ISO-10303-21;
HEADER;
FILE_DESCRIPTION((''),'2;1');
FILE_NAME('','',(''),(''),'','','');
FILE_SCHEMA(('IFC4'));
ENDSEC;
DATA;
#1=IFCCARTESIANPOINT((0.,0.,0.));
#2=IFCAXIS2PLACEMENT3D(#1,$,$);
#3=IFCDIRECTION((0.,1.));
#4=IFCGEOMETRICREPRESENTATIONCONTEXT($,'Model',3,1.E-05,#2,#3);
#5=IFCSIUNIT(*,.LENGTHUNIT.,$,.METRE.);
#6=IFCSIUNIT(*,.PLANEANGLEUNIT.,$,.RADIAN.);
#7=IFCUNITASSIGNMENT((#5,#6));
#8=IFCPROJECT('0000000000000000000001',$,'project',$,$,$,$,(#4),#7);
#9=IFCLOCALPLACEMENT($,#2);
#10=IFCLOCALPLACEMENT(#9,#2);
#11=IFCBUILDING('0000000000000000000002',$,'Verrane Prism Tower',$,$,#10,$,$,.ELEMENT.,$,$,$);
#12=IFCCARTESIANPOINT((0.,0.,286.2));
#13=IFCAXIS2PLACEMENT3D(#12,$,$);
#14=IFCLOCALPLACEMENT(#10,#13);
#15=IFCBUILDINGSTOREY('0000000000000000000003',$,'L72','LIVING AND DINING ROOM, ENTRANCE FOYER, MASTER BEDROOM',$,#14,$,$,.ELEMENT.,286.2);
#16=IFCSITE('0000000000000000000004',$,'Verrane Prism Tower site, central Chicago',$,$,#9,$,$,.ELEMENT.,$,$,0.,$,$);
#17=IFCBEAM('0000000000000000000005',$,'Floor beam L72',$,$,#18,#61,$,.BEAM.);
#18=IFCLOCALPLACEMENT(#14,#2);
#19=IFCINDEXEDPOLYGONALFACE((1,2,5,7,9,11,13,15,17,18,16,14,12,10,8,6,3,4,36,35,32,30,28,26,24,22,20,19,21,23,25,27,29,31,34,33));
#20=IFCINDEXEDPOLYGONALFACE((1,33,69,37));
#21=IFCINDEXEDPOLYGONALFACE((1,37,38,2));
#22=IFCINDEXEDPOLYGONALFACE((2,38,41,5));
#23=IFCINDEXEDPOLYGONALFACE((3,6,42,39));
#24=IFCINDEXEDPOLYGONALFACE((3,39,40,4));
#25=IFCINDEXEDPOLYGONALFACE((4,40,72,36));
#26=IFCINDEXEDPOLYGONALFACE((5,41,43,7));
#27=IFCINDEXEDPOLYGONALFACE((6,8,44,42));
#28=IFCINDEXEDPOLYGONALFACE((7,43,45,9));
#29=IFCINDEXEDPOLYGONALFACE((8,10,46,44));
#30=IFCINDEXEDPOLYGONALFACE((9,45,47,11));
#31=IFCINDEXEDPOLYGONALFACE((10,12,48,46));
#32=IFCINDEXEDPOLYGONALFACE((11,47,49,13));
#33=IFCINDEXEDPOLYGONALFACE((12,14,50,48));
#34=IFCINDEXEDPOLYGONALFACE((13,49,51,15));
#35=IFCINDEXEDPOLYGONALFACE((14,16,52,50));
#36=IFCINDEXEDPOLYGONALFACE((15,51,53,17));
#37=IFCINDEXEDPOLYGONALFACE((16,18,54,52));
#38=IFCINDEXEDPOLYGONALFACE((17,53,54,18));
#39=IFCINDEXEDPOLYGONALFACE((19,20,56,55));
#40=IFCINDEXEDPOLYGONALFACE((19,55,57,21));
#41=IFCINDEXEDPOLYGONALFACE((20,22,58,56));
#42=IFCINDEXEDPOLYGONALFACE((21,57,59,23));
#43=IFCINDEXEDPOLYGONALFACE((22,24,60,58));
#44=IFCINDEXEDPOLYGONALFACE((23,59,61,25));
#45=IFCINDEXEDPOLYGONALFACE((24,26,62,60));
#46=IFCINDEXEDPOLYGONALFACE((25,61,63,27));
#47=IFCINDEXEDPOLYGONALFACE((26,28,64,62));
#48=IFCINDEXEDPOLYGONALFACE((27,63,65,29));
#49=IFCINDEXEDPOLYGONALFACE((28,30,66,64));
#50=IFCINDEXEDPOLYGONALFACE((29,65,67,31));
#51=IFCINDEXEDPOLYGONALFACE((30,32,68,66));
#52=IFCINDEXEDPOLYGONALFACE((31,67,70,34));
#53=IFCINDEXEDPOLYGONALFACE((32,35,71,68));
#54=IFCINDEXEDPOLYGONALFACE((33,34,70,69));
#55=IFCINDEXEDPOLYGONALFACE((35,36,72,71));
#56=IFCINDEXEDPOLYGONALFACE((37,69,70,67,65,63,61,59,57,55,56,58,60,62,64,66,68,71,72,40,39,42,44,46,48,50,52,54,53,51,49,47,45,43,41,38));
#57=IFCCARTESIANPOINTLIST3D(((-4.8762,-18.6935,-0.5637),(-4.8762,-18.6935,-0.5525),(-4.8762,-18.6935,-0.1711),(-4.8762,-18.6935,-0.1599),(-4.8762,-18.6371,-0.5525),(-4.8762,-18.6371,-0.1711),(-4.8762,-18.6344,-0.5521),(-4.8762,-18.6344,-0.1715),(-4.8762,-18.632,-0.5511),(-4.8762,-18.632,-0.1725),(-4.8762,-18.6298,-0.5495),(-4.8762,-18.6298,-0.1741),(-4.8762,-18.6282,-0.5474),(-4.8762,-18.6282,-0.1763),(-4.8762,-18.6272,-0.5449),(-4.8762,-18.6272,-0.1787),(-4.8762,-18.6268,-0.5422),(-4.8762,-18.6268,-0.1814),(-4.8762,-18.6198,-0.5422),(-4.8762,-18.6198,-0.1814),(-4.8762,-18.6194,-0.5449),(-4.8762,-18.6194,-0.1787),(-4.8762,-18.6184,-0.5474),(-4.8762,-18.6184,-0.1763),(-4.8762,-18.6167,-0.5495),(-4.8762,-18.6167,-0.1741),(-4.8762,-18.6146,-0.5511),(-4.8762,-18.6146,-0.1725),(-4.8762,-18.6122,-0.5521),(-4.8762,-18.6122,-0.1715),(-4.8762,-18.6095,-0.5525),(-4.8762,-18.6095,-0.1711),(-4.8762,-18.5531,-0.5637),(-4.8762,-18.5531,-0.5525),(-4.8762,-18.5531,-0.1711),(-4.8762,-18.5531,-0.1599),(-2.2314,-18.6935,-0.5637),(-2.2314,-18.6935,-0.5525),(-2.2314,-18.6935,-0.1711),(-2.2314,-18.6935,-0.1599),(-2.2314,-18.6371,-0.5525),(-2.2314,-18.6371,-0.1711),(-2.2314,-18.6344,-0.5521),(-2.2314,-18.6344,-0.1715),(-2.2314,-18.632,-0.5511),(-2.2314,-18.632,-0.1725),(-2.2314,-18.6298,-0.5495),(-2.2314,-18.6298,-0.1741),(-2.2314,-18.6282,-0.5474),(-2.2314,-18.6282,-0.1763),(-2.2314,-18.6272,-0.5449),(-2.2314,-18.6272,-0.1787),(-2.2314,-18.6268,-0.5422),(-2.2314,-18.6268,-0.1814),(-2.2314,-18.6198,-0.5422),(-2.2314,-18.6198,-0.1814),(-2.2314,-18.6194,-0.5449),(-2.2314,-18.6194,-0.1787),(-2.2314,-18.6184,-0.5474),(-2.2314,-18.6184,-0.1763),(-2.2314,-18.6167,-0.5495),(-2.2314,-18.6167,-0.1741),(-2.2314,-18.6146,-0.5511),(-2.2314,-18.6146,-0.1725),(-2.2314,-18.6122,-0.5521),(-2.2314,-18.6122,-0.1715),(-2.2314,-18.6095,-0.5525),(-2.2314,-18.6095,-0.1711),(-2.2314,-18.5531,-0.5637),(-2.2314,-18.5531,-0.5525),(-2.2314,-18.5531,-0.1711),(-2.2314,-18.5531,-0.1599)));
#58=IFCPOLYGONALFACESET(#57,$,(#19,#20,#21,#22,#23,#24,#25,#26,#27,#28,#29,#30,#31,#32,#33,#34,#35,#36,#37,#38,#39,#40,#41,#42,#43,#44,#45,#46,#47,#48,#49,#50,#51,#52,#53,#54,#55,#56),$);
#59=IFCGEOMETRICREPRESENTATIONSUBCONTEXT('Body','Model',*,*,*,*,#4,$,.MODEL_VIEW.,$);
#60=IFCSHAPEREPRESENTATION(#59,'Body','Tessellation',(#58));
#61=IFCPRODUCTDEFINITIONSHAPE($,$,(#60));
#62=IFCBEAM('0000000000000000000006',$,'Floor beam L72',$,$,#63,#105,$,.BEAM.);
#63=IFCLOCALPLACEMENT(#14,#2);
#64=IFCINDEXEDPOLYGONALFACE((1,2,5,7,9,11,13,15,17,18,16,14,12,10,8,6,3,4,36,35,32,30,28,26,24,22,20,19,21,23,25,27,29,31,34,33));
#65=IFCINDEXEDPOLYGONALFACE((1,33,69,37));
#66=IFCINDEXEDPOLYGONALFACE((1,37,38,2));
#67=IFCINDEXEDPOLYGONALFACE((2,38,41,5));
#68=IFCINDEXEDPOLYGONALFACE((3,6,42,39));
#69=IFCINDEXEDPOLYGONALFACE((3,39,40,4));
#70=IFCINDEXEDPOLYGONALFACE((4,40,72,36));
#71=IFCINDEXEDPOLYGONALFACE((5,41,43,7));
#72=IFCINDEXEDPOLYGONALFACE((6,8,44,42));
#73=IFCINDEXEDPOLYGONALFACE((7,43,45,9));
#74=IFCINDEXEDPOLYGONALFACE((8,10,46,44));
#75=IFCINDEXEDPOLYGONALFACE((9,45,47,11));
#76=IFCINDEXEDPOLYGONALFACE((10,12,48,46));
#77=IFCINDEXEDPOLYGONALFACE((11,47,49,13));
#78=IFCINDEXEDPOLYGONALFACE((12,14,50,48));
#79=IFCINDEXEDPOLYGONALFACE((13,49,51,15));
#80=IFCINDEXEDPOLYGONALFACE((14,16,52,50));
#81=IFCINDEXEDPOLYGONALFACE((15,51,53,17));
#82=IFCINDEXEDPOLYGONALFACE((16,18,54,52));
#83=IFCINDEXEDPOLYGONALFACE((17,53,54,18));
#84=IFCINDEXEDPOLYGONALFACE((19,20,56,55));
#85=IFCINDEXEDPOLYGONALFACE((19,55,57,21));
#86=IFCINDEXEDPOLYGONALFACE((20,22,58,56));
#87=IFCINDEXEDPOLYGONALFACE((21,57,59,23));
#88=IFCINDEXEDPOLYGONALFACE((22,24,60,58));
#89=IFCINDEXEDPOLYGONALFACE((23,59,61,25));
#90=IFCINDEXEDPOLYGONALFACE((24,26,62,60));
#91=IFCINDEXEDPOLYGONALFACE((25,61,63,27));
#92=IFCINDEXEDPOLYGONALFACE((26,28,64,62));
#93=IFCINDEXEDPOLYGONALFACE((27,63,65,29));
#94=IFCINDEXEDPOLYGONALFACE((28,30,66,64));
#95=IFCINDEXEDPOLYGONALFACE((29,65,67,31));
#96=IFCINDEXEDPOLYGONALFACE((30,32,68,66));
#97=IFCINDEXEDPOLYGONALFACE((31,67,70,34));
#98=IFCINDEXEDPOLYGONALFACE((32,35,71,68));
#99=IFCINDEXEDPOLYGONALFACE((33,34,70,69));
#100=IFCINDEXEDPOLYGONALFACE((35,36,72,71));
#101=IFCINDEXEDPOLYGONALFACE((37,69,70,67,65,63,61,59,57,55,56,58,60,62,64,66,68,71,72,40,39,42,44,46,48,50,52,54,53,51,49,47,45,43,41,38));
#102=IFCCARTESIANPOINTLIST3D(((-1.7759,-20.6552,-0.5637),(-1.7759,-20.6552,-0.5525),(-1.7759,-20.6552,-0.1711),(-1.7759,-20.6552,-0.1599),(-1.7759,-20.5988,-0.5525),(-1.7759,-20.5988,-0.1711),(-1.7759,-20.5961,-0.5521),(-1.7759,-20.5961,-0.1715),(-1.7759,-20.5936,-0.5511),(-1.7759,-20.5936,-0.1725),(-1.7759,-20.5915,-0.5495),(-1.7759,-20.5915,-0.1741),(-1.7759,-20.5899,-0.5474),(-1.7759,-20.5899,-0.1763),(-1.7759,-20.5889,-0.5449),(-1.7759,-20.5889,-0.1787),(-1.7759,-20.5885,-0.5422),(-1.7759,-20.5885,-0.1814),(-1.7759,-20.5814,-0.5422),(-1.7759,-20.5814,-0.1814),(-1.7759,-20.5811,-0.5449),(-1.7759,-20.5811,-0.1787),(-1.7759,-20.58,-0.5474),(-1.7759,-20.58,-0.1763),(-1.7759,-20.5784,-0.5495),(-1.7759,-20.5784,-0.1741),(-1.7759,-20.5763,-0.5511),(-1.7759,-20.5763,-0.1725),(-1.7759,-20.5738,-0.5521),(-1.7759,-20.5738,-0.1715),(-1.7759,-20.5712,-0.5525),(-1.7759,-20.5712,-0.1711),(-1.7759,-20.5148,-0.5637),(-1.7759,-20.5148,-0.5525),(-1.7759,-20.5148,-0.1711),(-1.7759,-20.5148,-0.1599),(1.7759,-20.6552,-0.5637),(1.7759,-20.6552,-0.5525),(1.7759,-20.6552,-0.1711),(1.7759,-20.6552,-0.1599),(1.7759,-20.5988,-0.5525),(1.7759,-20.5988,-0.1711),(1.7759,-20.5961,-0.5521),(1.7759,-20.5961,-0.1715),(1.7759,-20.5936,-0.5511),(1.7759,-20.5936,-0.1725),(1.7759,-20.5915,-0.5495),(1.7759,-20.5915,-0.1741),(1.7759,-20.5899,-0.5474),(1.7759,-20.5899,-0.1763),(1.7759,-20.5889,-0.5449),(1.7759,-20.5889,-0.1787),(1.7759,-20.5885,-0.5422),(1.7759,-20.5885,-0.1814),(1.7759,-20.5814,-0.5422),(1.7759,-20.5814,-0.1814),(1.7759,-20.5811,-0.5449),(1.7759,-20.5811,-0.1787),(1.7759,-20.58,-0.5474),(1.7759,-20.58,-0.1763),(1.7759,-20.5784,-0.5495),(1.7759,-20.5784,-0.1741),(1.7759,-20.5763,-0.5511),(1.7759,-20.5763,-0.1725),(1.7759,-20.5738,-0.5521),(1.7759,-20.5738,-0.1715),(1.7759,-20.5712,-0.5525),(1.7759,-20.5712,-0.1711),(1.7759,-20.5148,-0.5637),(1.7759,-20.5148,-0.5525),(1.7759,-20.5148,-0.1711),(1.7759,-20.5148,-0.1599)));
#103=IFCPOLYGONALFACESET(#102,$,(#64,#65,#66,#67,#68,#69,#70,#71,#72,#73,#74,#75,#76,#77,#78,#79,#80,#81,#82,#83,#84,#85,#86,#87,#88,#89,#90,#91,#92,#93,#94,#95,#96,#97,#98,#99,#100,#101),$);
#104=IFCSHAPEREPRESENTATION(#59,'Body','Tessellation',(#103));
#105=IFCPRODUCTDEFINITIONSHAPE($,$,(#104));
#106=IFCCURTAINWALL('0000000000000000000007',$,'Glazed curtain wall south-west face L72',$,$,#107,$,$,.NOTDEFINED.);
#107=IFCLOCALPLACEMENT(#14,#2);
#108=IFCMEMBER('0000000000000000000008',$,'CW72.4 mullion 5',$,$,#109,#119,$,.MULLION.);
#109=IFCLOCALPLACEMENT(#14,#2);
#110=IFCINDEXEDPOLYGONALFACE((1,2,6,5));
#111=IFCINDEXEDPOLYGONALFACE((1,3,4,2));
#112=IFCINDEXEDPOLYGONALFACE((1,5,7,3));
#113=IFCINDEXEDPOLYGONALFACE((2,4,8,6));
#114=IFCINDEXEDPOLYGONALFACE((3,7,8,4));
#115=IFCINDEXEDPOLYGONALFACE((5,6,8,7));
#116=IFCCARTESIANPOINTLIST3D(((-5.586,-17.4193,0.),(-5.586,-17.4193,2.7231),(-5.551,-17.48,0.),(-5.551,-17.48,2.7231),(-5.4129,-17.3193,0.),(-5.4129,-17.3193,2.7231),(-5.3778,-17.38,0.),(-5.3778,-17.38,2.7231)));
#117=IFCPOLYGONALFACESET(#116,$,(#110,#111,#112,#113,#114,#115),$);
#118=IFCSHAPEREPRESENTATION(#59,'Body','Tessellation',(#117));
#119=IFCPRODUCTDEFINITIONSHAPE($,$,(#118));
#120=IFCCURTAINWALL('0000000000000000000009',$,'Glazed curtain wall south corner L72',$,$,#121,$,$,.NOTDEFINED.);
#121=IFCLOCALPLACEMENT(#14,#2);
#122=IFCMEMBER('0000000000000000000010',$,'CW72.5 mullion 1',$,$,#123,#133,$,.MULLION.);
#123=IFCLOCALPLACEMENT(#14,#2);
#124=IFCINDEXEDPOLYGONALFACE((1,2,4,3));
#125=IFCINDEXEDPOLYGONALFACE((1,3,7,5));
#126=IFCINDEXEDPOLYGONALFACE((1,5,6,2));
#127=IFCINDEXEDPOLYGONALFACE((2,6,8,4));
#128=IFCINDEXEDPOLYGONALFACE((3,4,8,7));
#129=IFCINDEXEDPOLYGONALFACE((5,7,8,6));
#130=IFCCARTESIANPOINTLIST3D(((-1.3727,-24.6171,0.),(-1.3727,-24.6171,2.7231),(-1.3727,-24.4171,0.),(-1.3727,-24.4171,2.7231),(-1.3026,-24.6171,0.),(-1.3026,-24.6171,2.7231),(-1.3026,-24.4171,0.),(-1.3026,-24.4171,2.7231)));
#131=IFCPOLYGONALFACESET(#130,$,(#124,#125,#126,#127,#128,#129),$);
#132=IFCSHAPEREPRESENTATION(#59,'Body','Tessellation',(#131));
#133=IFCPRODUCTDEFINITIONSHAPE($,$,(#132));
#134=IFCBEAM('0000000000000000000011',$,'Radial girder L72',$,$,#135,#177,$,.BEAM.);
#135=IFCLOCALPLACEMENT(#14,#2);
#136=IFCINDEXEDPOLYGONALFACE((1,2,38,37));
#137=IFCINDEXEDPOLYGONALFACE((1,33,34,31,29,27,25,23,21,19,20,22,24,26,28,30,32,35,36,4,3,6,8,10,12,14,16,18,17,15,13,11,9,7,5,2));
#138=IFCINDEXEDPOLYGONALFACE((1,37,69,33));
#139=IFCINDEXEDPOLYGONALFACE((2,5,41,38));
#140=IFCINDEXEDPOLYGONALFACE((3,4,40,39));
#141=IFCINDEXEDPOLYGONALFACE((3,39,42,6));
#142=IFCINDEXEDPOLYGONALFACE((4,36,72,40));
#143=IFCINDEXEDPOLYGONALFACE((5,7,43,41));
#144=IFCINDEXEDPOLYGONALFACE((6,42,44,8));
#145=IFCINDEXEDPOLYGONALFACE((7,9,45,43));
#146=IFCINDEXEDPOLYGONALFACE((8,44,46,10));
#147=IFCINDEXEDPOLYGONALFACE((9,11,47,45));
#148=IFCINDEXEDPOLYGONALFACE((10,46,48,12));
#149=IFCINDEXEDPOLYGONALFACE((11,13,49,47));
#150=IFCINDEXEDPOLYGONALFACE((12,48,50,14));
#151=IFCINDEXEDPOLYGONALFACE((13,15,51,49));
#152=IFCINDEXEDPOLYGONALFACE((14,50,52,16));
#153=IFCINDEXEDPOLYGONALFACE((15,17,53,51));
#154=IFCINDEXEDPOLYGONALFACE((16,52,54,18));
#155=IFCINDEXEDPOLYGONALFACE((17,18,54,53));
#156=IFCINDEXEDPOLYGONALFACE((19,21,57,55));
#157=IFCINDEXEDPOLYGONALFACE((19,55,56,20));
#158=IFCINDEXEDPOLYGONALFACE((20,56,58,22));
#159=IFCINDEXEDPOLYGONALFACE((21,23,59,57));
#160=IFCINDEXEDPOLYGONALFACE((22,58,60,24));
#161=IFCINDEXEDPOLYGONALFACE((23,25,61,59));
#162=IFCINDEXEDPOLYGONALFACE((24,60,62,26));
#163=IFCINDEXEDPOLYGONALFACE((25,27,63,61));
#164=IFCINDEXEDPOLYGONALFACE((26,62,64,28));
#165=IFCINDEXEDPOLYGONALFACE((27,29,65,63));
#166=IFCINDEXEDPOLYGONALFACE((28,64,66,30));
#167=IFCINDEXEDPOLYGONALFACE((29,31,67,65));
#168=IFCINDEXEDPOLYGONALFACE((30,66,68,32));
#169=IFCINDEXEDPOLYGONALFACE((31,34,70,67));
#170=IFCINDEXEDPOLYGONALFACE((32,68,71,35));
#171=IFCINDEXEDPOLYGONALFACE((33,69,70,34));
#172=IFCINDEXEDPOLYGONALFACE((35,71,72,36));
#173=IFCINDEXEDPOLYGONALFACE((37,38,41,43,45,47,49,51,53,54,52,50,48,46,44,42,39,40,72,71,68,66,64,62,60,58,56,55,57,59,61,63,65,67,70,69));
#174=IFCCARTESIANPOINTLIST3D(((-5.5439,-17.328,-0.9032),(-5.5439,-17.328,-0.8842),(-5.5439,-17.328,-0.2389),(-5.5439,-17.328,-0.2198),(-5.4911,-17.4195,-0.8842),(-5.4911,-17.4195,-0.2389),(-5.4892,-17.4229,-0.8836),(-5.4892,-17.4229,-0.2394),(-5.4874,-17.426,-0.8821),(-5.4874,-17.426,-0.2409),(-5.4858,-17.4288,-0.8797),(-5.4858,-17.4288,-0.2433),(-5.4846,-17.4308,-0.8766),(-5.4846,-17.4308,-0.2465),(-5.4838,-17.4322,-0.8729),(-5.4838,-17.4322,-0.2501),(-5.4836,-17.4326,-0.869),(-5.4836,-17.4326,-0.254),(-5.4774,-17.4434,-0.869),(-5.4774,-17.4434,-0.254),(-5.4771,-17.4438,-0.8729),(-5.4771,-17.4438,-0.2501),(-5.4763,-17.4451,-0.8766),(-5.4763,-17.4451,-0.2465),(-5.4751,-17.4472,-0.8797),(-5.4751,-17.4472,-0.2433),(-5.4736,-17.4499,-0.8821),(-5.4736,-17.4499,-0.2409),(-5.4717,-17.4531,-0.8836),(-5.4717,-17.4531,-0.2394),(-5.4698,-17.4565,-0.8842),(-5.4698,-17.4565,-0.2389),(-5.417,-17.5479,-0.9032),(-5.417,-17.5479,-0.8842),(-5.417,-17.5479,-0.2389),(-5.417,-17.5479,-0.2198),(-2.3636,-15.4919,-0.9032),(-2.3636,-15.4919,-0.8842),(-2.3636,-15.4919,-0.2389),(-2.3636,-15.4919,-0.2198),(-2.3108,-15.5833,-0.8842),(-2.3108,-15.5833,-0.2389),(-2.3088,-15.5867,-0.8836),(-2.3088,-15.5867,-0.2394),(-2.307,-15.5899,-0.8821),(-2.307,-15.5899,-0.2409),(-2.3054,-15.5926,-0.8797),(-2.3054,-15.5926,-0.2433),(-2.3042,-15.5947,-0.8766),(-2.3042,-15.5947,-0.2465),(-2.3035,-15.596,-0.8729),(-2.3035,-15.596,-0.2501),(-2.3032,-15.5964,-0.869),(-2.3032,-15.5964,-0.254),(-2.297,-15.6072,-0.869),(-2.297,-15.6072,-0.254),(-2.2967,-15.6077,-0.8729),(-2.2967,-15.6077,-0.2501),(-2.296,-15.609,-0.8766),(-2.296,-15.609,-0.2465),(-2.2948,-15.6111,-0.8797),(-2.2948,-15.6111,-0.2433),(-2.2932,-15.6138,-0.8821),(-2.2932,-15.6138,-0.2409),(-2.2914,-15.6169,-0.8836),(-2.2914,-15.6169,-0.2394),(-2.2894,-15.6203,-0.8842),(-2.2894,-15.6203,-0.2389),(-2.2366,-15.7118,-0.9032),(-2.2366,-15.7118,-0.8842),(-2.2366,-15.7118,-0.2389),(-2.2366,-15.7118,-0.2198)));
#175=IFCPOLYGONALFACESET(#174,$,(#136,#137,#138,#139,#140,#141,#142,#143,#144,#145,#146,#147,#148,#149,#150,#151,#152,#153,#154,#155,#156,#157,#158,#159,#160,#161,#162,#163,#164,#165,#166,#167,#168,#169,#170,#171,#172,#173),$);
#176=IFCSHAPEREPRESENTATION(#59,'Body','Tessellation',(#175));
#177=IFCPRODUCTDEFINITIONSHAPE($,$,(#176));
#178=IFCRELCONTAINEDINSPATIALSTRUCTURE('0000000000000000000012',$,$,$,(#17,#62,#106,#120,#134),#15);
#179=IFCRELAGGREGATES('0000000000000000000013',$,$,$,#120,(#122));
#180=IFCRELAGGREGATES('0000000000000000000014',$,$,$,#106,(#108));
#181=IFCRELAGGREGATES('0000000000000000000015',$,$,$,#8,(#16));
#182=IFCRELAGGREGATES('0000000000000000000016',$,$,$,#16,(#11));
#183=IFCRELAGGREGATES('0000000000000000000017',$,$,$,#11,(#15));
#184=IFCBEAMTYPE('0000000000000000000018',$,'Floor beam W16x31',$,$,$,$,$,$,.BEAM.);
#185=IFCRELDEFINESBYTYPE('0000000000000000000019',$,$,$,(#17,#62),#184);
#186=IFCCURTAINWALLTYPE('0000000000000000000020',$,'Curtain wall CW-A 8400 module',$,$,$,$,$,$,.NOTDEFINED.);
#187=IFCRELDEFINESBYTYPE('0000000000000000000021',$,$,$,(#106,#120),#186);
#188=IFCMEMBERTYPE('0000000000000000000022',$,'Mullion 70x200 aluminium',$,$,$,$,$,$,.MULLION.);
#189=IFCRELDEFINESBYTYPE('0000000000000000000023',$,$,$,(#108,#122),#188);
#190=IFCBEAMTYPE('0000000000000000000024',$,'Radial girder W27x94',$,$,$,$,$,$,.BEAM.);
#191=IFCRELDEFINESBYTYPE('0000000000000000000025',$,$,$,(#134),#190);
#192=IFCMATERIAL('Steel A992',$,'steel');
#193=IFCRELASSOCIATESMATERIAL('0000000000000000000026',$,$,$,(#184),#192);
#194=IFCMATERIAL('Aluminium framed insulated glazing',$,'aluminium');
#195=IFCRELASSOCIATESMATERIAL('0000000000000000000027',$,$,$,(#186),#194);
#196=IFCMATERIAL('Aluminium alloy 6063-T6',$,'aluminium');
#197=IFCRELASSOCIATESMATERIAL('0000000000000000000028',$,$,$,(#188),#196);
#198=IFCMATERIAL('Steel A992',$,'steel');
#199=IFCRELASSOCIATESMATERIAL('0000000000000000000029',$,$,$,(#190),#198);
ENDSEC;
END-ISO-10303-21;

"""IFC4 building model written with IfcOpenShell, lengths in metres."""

from ifc_helpers import new_model, si_unit, direction, frame, origin, origin_2d, place, context, subcontext, project, spatial, rectangle, i_section, extrude, material, material_profile, profile_set, type_object, element, aggregate, save


model = new_model("IFC4")

# Units and contexts
model_context = context("Model", 3, precision=1e-05, world=origin(), true_north=direction((0.0, 1.0)))
body_context = subcontext(model_context, "Body", "Model", "MODEL_VIEW")
ifc_project = project(units=[si_unit("LENGTHUNIT", "METRE"), si_unit("PLANEANGLEUNIT", "RADIAN")], contexts=[model_context])

# Site, building, storey
site_placement = place(None, origin())
site = spatial("IfcSite", under=ifc_project, at=site_placement, Name="Verrane Prism Tower site, central Chicago", CompositionType="ELEMENT", RefElevation=0.0)
building_placement = place(site_placement, origin())
building = spatial("IfcBuilding", under=site, at=building_placement, Name="Verrane Prism Tower", CompositionType="ELEMENT")
storey_placement = place(building_placement, frame((0.0, 0.0, 286.2)))
storey = spatial("IfcBuildingStorey", under=building, at=storey_placement, Name="L72", Description="LIVING AND DINING ROOM, ENTRANCE FOYER, MASTER BEDROOM", CompositionType="ELEMENT", Elevation=286.2)

# Beams
ifc_material_1 = material(Name="Steel A992", Category="steel")
ifc_material_profile_1 = material_profile(ifc_material_1, i_section(OverallWidth=0.1404, OverallDepth=0.4038, WebThickness=0.0071, FlangeThickness=0.0112, FilletRadius=0.0103, at=origin_2d()), Name="W16x31")
ifc_profile_set_1 = profile_set([ifc_material_profile_1], Name="Steel A992")
beam_type_1 = type_object("IfcBeamType", Name="Floor beam W16x31", PredefinedType="BEAM", material=ifc_profile_set_1)
beam_1_placement = place(storey_placement, frame((-4.8762, -18.6233, -0.3618), z_axis=(1.0, 0.0, 0.0), x_axis=(0.0, 1.0, 0.0)))
element("IfcBeam", 1, at=beam_1_placement, inside=storey, type_object=beam_type_1, Name="Floor beam L72", PredefinedType="BEAM", context=body_context, shape_type="SweptSolid", body=[
    extrude(i_section(OverallWidth=0.1404, OverallDepth=0.4038, WebThickness=0.0071, FlangeThickness=0.0112, FilletRadius=0.0103, at=origin_2d()), origin(), (0.0, 0.0, 1.0), 2.6448),
])
beam_2_placement = place(storey_placement, frame((-1.7759, -20.585, -0.3618), z_axis=(1.0, 0.0, 0.0), x_axis=(0.0, 1.0, 0.0)))
element("IfcBeam", 2, at=beam_2_placement, inside=storey, type_object=beam_type_1, Name="Floor beam L72", PredefinedType="BEAM", context=body_context, shape_type="SweptSolid", body=[
    extrude(i_section(OverallWidth=0.1404, OverallDepth=0.4038, WebThickness=0.0071, FlangeThickness=0.0112, FilletRadius=0.0103, at=origin_2d()), origin(), (0.0, 0.0, 1.0), 3.5518),
])

# Curtain walls, members
ifc_material_2 = material(Name="Aluminium framed insulated glazing", Category="aluminium")
curtain_wall_type = type_object("IfcCurtainWallType", Name="Curtain wall CW-A 8400 module", PredefinedType="NOTDEFINED", material=ifc_material_2)
curtain_wall_1_placement = place(storey_placement, origin())
curtain_wall_1 = element("IfcCurtainWall", 3, at=curtain_wall_1_placement, inside=storey, type_object=curtain_wall_type, Name="Glazed curtain wall south-west face L72", PredefinedType="NOTDEFINED")
ifc_material_3 = material(Name="Aluminium alloy 6063-T6", Category="aluminium")
ifc_material_profile_2 = material_profile(ifc_material_3, rectangle(XDim=0.2, YDim=0.0701, at=origin_2d()), Name="Mullion 70x200 aluminium")
ifc_profile_set_2 = profile_set([ifc_material_profile_2], Name="Aluminium alloy 6063-T6")
member_type_1 = type_object("IfcMemberType", Name="Mullion 70x200 aluminium", PredefinedType="MULLION", material=ifc_profile_set_2)
member_1_placement = place(storey_placement, frame((-5.4819, -17.3997, 0.0), z_axis=(0.0, 0.0, 1.0), x_axis=(0.866025, 0.500001, 0.0)))
member_1 = element("IfcMember", 4, at=member_1_placement, type_object=member_type_1, Name="CW72.4 mullion 5", PredefinedType="MULLION", context=body_context, shape_type="SweptSolid", body=[
    extrude(rectangle(XDim=0.2, YDim=0.0701, at=origin_2d()), origin(), (0.0, 0.0, 1.0), 2.7231),
])
curtain_wall_2_placement = place(storey_placement, origin())
curtain_wall_2 = element("IfcCurtainWall", 5, at=curtain_wall_2_placement, inside=storey, type_object=curtain_wall_type, Name="Glazed curtain wall south corner L72", PredefinedType="NOTDEFINED")
member_2_placement = place(storey_placement, frame((-1.3376, -24.5171, 0.0), z_axis=(0.0, 0.0, 1.0), x_axis=(0.0, 1.0, 0.0)))
member_2 = element("IfcMember", 6, at=member_2_placement, type_object=member_type_1, Name="CW72.5 mullion 1", PredefinedType="MULLION", context=body_context, shape_type="SweptSolid", body=[
    extrude(rectangle(XDim=0.2, YDim=0.0701, at=origin_2d()), origin(), (0.0, 0.0, 1.0), 2.7231),
])

# Beam
ifc_material_4 = material(Name="Steel A992", Category="steel")
ifc_material_profile_3 = material_profile(ifc_material_4, i_section(OverallWidth=0.2539, OverallDepth=0.6833, WebThickness=0.0125, FlangeThickness=0.019, FilletRadius=0.0151, at=origin_2d()), Name="W27x94")
ifc_profile_set_3 = profile_set([ifc_material_profile_3], Name="Steel A992")
beam_type_2 = type_object("IfcBeamType", Name="Radial girder W27x94", PredefinedType="BEAM", material=ifc_profile_set_3)
beam_3_placement = place(storey_placement, frame((-5.4805, -17.438, -0.5615), z_axis=(0.866029, 0.499993, 0.0), x_axis=(-0.499993, 0.866029, 0.0)))
element("IfcBeam", 7, at=beam_3_placement, inside=storey, type_object=beam_type_2, Name="Radial girder L72", PredefinedType="BEAM", context=body_context, shape_type="SweptSolid", body=[
    extrude(i_section(OverallWidth=0.2539, OverallDepth=0.6833, WebThickness=0.0125, FlangeThickness=0.019, FilletRadius=0.0151, at=origin_2d()), origin(), (0.0, 0.0, 1.0), 3.6724),
])

aggregate(curtain_wall_2, [member_2])

aggregate(curtain_wall_1, [member_1])

save(model, "model.ifc")
